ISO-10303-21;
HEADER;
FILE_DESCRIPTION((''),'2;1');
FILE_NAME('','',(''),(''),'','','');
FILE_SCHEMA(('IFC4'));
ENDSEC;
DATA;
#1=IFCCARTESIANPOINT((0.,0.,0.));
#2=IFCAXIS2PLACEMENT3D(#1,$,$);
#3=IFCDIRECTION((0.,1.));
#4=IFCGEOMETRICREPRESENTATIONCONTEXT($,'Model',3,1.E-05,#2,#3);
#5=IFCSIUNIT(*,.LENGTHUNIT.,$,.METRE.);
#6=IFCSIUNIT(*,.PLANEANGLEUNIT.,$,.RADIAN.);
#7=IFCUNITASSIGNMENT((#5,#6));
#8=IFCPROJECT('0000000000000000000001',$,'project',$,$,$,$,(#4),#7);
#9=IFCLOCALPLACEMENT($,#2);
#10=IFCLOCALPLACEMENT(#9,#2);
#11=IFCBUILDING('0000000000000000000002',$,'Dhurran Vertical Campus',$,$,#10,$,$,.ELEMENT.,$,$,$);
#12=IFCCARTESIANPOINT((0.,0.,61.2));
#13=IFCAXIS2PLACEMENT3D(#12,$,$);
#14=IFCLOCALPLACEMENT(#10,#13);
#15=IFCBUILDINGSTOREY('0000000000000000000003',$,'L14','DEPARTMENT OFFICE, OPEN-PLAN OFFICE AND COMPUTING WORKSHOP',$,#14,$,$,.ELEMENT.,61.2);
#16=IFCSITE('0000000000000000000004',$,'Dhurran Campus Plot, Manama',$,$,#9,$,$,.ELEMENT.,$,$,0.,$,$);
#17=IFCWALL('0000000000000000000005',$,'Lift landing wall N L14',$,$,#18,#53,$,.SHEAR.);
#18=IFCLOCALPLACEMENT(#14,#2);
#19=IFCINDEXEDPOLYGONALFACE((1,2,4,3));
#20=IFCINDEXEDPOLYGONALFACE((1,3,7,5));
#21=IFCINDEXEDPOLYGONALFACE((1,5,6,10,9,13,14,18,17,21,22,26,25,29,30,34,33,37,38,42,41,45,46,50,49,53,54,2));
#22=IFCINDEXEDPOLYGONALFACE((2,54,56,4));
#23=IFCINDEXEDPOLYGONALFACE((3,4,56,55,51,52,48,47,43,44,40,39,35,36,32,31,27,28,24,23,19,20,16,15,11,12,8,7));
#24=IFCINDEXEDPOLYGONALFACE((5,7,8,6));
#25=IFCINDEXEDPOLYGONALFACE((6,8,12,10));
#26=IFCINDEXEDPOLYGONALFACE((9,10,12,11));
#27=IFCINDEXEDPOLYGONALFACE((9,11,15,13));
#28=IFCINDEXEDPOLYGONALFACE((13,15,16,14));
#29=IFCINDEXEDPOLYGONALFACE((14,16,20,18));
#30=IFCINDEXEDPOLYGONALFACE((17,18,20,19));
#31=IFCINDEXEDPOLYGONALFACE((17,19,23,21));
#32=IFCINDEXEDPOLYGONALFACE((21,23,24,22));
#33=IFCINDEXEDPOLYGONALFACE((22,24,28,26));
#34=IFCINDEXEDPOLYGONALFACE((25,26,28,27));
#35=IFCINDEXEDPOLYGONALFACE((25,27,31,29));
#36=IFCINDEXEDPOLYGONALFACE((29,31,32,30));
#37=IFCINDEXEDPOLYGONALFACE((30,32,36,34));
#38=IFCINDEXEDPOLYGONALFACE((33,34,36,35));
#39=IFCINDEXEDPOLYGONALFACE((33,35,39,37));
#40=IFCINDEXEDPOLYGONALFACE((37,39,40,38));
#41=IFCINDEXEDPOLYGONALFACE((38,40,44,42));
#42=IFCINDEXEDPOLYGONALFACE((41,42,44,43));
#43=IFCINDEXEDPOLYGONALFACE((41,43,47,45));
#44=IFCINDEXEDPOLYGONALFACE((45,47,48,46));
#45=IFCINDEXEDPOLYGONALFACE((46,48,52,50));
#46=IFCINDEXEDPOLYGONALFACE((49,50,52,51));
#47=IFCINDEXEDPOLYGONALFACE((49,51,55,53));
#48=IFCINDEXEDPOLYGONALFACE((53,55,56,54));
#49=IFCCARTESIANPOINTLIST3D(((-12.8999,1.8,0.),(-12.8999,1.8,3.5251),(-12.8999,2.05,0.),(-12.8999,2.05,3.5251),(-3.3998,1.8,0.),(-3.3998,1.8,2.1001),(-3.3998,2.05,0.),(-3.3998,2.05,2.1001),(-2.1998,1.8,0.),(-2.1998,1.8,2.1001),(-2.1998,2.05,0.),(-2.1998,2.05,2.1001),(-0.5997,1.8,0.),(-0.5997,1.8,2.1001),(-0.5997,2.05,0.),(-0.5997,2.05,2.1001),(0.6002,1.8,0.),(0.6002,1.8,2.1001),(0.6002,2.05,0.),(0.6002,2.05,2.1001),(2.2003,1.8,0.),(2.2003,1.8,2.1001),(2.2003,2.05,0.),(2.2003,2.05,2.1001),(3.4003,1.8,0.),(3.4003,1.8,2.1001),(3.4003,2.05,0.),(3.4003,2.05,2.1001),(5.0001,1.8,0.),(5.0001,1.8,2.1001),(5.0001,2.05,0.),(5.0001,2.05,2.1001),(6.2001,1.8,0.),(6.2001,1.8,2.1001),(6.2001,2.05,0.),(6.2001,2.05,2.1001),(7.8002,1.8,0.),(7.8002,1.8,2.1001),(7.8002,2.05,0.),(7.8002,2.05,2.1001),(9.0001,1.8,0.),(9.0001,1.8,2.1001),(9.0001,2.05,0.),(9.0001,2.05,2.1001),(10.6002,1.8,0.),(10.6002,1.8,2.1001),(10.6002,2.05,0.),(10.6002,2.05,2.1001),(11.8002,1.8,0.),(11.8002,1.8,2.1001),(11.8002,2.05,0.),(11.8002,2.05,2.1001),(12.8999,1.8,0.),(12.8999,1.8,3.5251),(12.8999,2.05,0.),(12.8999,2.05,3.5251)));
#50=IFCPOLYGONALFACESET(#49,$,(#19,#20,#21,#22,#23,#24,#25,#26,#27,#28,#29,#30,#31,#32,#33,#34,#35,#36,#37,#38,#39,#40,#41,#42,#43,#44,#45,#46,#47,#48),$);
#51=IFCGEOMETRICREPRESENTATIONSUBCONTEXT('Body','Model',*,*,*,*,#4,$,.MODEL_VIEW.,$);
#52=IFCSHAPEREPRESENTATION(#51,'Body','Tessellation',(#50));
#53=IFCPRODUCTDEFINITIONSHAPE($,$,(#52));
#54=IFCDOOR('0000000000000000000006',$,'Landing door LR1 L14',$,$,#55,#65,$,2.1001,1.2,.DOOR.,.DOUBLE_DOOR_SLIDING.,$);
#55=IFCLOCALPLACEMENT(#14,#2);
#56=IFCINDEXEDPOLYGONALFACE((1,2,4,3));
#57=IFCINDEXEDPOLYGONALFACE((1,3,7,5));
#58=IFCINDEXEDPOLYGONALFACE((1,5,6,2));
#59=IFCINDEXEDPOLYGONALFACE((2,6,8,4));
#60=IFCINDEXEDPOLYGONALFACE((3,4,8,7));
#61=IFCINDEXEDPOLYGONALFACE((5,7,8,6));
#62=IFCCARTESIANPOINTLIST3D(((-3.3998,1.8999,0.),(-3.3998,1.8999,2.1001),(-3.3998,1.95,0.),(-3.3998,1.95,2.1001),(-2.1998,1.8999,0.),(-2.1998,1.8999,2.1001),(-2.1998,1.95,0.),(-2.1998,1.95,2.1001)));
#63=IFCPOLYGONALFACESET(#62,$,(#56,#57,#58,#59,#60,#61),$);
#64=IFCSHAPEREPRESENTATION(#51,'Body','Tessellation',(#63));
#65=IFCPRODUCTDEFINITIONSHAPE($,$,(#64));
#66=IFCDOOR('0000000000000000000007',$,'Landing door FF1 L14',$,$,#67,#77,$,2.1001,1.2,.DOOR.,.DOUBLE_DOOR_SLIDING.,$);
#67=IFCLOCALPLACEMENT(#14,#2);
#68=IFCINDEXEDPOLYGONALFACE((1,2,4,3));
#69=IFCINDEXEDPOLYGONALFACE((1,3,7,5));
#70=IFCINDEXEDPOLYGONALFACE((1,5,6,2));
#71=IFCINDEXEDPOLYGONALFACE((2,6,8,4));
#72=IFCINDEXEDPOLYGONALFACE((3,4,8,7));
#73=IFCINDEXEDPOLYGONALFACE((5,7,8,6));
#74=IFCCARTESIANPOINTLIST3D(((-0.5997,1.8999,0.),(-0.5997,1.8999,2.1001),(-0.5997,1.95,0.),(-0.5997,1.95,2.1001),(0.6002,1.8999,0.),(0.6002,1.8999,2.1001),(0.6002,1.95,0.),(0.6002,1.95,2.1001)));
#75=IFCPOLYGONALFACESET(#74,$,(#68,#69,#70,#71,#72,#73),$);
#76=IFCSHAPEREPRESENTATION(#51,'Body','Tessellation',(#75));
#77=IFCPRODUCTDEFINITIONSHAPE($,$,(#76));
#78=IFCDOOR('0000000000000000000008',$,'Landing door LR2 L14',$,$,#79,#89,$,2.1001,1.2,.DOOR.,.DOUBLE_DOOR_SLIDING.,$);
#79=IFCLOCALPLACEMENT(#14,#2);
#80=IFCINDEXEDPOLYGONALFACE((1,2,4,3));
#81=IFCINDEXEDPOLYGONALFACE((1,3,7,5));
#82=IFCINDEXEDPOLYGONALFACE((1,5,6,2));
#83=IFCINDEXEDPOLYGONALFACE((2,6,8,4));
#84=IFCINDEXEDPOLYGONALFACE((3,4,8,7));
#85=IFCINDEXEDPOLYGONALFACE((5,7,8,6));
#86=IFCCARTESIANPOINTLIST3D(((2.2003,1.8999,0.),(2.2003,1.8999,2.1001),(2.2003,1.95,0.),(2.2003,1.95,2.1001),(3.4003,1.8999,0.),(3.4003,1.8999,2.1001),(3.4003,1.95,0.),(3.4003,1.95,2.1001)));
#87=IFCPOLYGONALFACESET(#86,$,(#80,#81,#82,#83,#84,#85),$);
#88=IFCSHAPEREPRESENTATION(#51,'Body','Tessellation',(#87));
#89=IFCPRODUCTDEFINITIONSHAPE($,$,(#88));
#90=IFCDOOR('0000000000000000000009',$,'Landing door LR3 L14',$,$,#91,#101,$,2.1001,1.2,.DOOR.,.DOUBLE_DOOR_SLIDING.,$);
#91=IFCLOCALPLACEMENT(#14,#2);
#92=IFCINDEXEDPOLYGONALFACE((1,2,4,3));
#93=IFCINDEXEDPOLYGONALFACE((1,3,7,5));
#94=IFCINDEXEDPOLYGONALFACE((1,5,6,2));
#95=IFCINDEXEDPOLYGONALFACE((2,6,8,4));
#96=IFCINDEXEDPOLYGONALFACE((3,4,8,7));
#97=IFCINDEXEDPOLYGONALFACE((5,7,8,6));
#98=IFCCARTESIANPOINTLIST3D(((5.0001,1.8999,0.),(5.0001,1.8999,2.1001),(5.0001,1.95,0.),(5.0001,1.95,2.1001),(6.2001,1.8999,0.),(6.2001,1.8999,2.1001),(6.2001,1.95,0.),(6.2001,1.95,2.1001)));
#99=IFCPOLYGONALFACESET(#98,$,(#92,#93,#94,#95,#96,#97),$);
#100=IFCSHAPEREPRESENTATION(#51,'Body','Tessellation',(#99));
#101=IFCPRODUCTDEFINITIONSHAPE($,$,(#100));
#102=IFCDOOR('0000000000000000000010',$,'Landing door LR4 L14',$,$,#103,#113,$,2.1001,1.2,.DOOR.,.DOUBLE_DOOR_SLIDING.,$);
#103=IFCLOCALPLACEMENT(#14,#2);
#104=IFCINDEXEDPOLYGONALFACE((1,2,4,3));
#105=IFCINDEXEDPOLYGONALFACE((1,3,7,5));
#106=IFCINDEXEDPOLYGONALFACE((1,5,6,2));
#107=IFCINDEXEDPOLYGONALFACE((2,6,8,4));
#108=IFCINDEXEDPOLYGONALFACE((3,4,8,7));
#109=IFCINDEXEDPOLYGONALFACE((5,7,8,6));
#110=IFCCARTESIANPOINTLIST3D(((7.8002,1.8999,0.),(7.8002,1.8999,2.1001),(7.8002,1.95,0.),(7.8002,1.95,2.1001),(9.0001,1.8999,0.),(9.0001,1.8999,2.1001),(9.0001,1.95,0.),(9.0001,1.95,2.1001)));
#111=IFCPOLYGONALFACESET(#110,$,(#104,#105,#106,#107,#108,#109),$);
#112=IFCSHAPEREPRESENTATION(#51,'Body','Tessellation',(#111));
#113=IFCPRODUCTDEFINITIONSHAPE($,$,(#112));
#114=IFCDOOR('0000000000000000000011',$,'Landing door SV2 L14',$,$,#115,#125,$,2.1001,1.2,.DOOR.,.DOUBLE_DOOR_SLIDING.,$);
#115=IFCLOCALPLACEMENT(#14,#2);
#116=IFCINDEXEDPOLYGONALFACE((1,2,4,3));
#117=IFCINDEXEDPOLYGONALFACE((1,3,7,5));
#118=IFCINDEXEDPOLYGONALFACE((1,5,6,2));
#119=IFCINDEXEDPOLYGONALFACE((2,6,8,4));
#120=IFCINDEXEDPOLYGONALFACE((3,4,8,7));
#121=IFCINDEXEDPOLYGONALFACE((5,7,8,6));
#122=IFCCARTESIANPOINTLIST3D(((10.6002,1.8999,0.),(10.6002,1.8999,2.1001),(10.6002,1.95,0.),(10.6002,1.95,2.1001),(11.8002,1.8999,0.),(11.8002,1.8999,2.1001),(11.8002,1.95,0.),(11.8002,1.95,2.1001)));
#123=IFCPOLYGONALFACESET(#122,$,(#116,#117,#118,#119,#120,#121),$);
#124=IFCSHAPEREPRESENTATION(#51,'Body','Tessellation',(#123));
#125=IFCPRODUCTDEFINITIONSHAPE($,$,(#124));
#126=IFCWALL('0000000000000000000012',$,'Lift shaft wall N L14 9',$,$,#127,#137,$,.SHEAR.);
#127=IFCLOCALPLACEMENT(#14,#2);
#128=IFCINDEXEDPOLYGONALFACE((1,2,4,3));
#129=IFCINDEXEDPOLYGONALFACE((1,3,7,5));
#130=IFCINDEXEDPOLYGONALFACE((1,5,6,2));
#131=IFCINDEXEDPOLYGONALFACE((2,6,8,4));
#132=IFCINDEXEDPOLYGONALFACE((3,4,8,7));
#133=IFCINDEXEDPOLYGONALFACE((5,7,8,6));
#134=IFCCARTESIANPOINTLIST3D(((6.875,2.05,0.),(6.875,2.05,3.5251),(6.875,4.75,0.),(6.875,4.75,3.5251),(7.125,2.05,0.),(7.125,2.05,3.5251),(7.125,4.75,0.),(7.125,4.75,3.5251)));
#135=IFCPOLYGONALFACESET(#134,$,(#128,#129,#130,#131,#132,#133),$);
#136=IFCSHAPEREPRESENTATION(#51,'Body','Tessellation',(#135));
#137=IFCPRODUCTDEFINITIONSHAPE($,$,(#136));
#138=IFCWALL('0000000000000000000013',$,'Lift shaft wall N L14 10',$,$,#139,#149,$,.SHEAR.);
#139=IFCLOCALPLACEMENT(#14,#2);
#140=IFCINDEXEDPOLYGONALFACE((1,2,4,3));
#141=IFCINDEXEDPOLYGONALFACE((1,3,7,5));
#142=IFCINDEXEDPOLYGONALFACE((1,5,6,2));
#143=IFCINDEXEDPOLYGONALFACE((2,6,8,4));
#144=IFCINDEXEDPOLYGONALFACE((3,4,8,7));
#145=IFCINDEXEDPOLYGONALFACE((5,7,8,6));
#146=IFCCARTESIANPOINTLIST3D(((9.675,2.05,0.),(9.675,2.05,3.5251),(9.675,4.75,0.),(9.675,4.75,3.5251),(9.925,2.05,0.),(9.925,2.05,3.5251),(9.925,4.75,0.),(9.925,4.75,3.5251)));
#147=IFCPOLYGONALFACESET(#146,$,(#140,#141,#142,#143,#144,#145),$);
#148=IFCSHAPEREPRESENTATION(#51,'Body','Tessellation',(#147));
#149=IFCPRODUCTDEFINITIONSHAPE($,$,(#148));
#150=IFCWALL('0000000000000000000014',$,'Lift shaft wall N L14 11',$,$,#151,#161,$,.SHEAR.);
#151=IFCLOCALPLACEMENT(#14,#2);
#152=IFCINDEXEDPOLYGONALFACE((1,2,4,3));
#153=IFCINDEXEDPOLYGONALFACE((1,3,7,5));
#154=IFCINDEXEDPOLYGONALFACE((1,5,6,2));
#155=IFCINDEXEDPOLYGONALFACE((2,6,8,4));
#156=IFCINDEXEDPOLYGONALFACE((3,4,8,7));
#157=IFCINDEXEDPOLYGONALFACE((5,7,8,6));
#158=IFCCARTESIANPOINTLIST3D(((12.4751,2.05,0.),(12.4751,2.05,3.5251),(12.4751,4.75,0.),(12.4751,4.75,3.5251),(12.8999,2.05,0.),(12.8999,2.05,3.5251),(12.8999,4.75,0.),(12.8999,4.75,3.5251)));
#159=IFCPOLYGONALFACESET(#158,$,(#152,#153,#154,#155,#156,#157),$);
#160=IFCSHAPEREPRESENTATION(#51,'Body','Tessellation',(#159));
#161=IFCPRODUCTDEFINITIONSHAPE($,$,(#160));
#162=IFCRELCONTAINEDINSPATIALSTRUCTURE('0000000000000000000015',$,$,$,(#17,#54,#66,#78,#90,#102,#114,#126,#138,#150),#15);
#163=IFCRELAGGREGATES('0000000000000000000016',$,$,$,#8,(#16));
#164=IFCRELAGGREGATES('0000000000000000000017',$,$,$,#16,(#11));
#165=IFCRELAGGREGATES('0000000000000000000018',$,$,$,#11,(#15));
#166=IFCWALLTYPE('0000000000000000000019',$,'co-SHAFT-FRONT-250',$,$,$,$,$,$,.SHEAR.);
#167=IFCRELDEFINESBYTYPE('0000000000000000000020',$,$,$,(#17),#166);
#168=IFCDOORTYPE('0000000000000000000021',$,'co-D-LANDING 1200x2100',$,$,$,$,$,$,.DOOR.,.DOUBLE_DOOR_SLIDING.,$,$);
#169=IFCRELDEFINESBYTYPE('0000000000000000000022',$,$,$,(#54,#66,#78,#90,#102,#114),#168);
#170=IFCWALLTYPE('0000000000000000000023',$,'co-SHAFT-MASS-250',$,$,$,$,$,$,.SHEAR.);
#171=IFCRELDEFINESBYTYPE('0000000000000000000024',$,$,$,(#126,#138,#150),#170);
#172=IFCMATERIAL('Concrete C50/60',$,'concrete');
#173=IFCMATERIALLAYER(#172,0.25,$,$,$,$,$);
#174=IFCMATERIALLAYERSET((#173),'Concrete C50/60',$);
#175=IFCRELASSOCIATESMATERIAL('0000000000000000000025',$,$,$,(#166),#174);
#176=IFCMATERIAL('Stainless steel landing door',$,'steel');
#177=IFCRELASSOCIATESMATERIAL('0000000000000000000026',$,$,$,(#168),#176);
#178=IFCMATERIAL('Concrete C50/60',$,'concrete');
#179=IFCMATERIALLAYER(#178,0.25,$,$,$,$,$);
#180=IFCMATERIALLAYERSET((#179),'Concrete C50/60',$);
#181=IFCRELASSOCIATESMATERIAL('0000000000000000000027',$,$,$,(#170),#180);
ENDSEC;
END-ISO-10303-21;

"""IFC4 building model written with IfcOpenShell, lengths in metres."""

from ifc_helpers import new_model, si_unit, direction, frame, frame_2d, origin, place, context, subcontext, project, spatial, polyline, rectangle, outline, extrude, material, layer, layer_set, type_object, element, fill, save


model = new_model("IFC4")

# Units and contexts
model_context = context("Model", 3, precision=1e-05, world=origin(), true_north=direction((0.0, 1.0)))
body_context = subcontext(model_context, "Body", "Model", "MODEL_VIEW")
ifc_project = project(units=[si_unit("LENGTHUNIT", "METRE"), si_unit("PLANEANGLEUNIT", "RADIAN")], contexts=[model_context])

# Site, building, storey
site_placement = place(None, origin())
site = spatial("IfcSite", under=ifc_project, at=site_placement, Name="Dhurran Campus Plot, Manama", CompositionType="ELEMENT", RefElevation=0.0)
building_placement = place(site_placement, origin())
building = spatial("IfcBuilding", under=site, at=building_placement, Name="Dhurran Vertical Campus", CompositionType="ELEMENT")
storey_placement = place(building_placement, frame((0.0, 0.0, 61.2)))
storey = spatial("IfcBuildingStorey", under=building, at=storey_placement, Name="L14", Description="DEPARTMENT OFFICE, OPEN-PLAN OFFICE AND COMPUTING WORKSHOP", CompositionType="ELEMENT", Elevation=61.2)

# Wall, openings, doors
ifc_material_1 = material(Name="Concrete C50/60", Category="concrete")
ifc_layer_1 = layer(ifc_material_1, 0.25)
ifc_layer_set_1 = layer_set([ifc_layer_1], Name="Concrete C50/60")
wall_type_1 = type_object("IfcWallType", Name="co-SHAFT-FRONT-250", PredefinedType="SHEAR", material=ifc_layer_set_1)
wall_1_placement = place(storey_placement, frame((-12.8999, 1.925, 0.0), z_axis=(0.0, 0.0, 1.0), x_axis=(1.0, 0.0, 0.0)))
wall_1 = element("IfcWall", 1, at=wall_1_placement, inside=storey, type_object=wall_type_1, Name="Lift landing wall N L14", PredefinedType="SHEAR", context=body_context, shape_type="SweptSolid", body=[
    extrude(rectangle(XDim=25.7998, YDim=0.25, at=frame_2d((12.8999, 0.0))), origin(), (0.0, 0.0, 1.0), 3.5251),
])
opening_1_placement = place(wall_1_placement, frame((9.5, 0.0, 0.0)))
opening_1 = element("IfcOpeningElement", 2, at=opening_1_placement, cuts=wall_1, PredefinedType="OPENING", context=body_context, shape_type="SweptSolid", body=[
    extrude(rectangle(XDim=1.2, YDim=2.1001, at=frame_2d((0.6001, 1.05))), frame((0.0, 0.135, 0.0), z_axis=(0.0, -1.0, 0.0), x_axis=(1.0, 0.0, 0.0)), (0.0, 0.0, 1.0), 0.27),
])
opening_2_placement = place(wall_1_placement, frame((12.3, 0.0, 0.0)))
opening_2 = element("IfcOpeningElement", 3, at=opening_2_placement, cuts=wall_1, PredefinedType="OPENING", context=body_context, shape_type="SweptSolid", body=[
    extrude(rectangle(XDim=1.2, YDim=2.1001, at=frame_2d((0.6001, 1.05))), frame((0.0, 0.135, 0.0), z_axis=(0.0, -1.0, 0.0), x_axis=(1.0, 0.0, 0.0)), (0.0, 0.0, 1.0), 0.27),
])
opening_3_placement = place(wall_1_placement, frame((15.1001, 0.0, 0.0)))
opening_3 = element("IfcOpeningElement", 4, at=opening_3_placement, cuts=wall_1, PredefinedType="OPENING", context=body_context, shape_type="SweptSolid", body=[
    extrude(rectangle(XDim=1.2, YDim=2.1001, at=frame_2d((0.6001, 1.05))), frame((0.0, 0.135, 0.0), z_axis=(0.0, -1.0, 0.0), x_axis=(1.0, 0.0, 0.0)), (0.0, 0.0, 1.0), 0.27),
])
opening_4_placement = place(wall_1_placement, frame((17.8999, 0.0, 0.0)))
opening_4 = element("IfcOpeningElement", 5, at=opening_4_placement, cuts=wall_1, PredefinedType="OPENING", context=body_context, shape_type="SweptSolid", body=[
    extrude(rectangle(XDim=1.2, YDim=2.1001, at=frame_2d((0.6001, 1.05))), frame((0.0, 0.135, 0.0), z_axis=(0.0, -1.0, 0.0), x_axis=(1.0, 0.0, 0.0)), (0.0, 0.0, 1.0), 0.27),
])
opening_5_placement = place(wall_1_placement, frame((20.7, 0.0, 0.0)))
opening_5 = element("IfcOpeningElement", 6, at=opening_5_placement, cuts=wall_1, PredefinedType="OPENING", context=body_context, shape_type="SweptSolid", body=[
    extrude(rectangle(XDim=1.2, YDim=2.1001, at=frame_2d((0.6001, 1.05))), frame((0.0, 0.135, 0.0), z_axis=(0.0, -1.0, 0.0), x_axis=(1.0, 0.0, 0.0)), (0.0, 0.0, 1.0), 0.27),
])
opening_6_placement = place(wall_1_placement, frame((23.5, 0.0, 0.0)))
opening_6 = element("IfcOpeningElement", 7, at=opening_6_placement, cuts=wall_1, PredefinedType="OPENING", context=body_context, shape_type="SweptSolid", body=[
    extrude(rectangle(XDim=1.2, YDim=2.1001, at=frame_2d((0.6001, 1.05))), frame((0.0, 0.135, 0.0), z_axis=(0.0, -1.0, 0.0), x_axis=(1.0, 0.0, 0.0)), (0.0, 0.0, 1.0), 0.27),
])
ifc_material_2 = material(Name="Stainless steel landing door", Category="steel")
door_type_1 = type_object("IfcDoorType", Name="co-D-LANDING 1200x2100", OperationType="DOUBLE_DOOR_SLIDING", PredefinedType="DOOR", material=ifc_material_2)
door_1_placement = place(opening_1_placement, origin())
door_1 = element("IfcDoor", 8, at=door_1_placement, inside=storey, type_object=door_type_1, Name="Landing door LR1 L14", OperationType="DOUBLE_DOOR_SLIDING", OverallHeight=2.1001, OverallWidth=1.2, PredefinedType="DOOR", context=body_context, shape_type="SweptSolid", body=[
    extrude(rectangle(XDim=1.2, YDim=2.1001, at=frame_2d((0.6001, 1.05))), frame((0.0, 0.0249, 0.0), z_axis=(0.0, -1.0, 0.0), x_axis=(1.0, 0.0, 0.0)), (0.0, 0.0, 1.0), 0.05),
])
fill(opening_1, door_1)
door_2_placement = place(opening_2_placement, origin())
door_2 = element("IfcDoor", 9, at=door_2_placement, inside=storey, type_object=door_type_1, Name="Landing door FF1 L14", OperationType="DOUBLE_DOOR_SLIDING", OverallHeight=2.1001, OverallWidth=1.2, PredefinedType="DOOR", context=body_context, shape_type="SweptSolid", body=[
    extrude(rectangle(XDim=1.2, YDim=2.1001, at=frame_2d((0.6001, 1.05))), frame((0.0, 0.0249, 0.0), z_axis=(0.0, -1.0, 0.0), x_axis=(1.0, 0.0, 0.0)), (0.0, 0.0, 1.0), 0.05),
])
fill(opening_2, door_2)
door_3_placement = place(opening_3_placement, origin())
door_3 = element("IfcDoor", 10, at=door_3_placement, inside=storey, type_object=door_type_1, Name="Landing door LR2 L14", OperationType="DOUBLE_DOOR_SLIDING", OverallHeight=2.1001, OverallWidth=1.2, PredefinedType="DOOR", context=body_context, shape_type="SweptSolid", body=[
    extrude(rectangle(XDim=1.2, YDim=2.1001, at=frame_2d((0.6001, 1.05))), frame((0.0, 0.0249, 0.0), z_axis=(0.0, -1.0, 0.0), x_axis=(1.0, 0.0, 0.0)), (0.0, 0.0, 1.0), 0.05),
])
fill(opening_3, door_3)
door_4_placement = place(opening_4_placement, origin())
door_4 = element("IfcDoor", 11, at=door_4_placement, inside=storey, type_object=door_type_1, Name="Landing door LR3 L14", OperationType="DOUBLE_DOOR_SLIDING", OverallHeight=2.1001, OverallWidth=1.2, PredefinedType="DOOR", context=body_context, shape_type="SweptSolid", body=[
    extrude(rectangle(XDim=1.2, YDim=2.1001, at=frame_2d((0.6001, 1.05))), frame((0.0, 0.0249, 0.0), z_axis=(0.0, -1.0, 0.0), x_axis=(1.0, 0.0, 0.0)), (0.0, 0.0, 1.0), 0.05),
])
fill(opening_4, door_4)
door_5_placement = place(opening_5_placement, origin())
door_5 = element("IfcDoor", 12, at=door_5_placement, inside=storey, type_object=door_type_1, Name="Landing door LR4 L14", OperationType="DOUBLE_DOOR_SLIDING", OverallHeight=2.1001, OverallWidth=1.2, PredefinedType="DOOR", context=body_context, shape_type="SweptSolid", body=[
    extrude(rectangle(XDim=1.2, YDim=2.1001, at=frame_2d((0.6001, 1.05))), frame((0.0, 0.0249, 0.0), z_axis=(0.0, -1.0, 0.0), x_axis=(1.0, 0.0, 0.0)), (0.0, 0.0, 1.0), 0.05),
])
fill(opening_5, door_5)
door_6_placement = place(opening_6_placement, origin())
door_6 = element("IfcDoor", 13, at=door_6_placement, inside=storey, type_object=door_type_1, Name="Landing door SV2 L14", OperationType="DOUBLE_DOOR_SLIDING", OverallHeight=2.1001, OverallWidth=1.2, PredefinedType="DOOR", context=body_context, shape_type="SweptSolid", body=[
    extrude(rectangle(XDim=1.2, YDim=2.1001, at=frame_2d((0.6001, 1.05))), frame((0.0, 0.0249, 0.0), z_axis=(0.0, -1.0, 0.0), x_axis=(1.0, 0.0, 0.0)), (0.0, 0.0, 1.0), 0.05),
])
fill(opening_6, door_6)

# Walls
ifc_material_3 = material(Name="Concrete C50/60", Category="concrete")
ifc_layer_2 = layer(ifc_material_3, 0.25)
ifc_layer_set_2 = layer_set([ifc_layer_2], Name="Concrete C50/60")
wall_type_2 = type_object("IfcWallType", Name="co-SHAFT-MASS-250", PredefinedType="SHEAR", material=ifc_layer_set_2)
wall_2_placement = place(storey_placement, origin())
element("IfcWall", 14, at=wall_2_placement, inside=storey, type_object=wall_type_2, Name="Lift shaft wall N L14 9", PredefinedType="SHEAR", context=body_context, shape_type="SweptSolid", body=[
    extrude(outline(polyline([(6.875, 2.05), (7.125, 2.05), (7.125, 4.75), (6.875, 4.75), (6.875, 2.05)])), origin(), (0.0, 0.0, 1.0), 3.5251),
])
wall_3_placement = place(storey_placement, origin())
element("IfcWall", 15, at=wall_3_placement, inside=storey, type_object=wall_type_2, Name="Lift shaft wall N L14 10", PredefinedType="SHEAR", context=body_context, shape_type="SweptSolid", body=[
    extrude(outline(polyline([(9.675, 2.05), (9.925, 2.05), (9.925, 4.75), (9.675, 4.75), (9.675, 2.05)])), origin(), (0.0, 0.0, 1.0), 3.5251),
])
wall_4_placement = place(storey_placement, origin())
element("IfcWall", 16, at=wall_4_placement, inside=storey, type_object=wall_type_2, Name="Lift shaft wall N L14 11", PredefinedType="SHEAR", context=body_context, shape_type="SweptSolid", body=[
    extrude(outline(polyline([(12.4751, 2.05), (12.8999, 2.05), (12.8999, 4.75), (12.4751, 4.75), (12.4751, 2.05)])), origin(), (0.0, 0.0, 1.0), 3.5251),
])

save(model, "model.ifc")
